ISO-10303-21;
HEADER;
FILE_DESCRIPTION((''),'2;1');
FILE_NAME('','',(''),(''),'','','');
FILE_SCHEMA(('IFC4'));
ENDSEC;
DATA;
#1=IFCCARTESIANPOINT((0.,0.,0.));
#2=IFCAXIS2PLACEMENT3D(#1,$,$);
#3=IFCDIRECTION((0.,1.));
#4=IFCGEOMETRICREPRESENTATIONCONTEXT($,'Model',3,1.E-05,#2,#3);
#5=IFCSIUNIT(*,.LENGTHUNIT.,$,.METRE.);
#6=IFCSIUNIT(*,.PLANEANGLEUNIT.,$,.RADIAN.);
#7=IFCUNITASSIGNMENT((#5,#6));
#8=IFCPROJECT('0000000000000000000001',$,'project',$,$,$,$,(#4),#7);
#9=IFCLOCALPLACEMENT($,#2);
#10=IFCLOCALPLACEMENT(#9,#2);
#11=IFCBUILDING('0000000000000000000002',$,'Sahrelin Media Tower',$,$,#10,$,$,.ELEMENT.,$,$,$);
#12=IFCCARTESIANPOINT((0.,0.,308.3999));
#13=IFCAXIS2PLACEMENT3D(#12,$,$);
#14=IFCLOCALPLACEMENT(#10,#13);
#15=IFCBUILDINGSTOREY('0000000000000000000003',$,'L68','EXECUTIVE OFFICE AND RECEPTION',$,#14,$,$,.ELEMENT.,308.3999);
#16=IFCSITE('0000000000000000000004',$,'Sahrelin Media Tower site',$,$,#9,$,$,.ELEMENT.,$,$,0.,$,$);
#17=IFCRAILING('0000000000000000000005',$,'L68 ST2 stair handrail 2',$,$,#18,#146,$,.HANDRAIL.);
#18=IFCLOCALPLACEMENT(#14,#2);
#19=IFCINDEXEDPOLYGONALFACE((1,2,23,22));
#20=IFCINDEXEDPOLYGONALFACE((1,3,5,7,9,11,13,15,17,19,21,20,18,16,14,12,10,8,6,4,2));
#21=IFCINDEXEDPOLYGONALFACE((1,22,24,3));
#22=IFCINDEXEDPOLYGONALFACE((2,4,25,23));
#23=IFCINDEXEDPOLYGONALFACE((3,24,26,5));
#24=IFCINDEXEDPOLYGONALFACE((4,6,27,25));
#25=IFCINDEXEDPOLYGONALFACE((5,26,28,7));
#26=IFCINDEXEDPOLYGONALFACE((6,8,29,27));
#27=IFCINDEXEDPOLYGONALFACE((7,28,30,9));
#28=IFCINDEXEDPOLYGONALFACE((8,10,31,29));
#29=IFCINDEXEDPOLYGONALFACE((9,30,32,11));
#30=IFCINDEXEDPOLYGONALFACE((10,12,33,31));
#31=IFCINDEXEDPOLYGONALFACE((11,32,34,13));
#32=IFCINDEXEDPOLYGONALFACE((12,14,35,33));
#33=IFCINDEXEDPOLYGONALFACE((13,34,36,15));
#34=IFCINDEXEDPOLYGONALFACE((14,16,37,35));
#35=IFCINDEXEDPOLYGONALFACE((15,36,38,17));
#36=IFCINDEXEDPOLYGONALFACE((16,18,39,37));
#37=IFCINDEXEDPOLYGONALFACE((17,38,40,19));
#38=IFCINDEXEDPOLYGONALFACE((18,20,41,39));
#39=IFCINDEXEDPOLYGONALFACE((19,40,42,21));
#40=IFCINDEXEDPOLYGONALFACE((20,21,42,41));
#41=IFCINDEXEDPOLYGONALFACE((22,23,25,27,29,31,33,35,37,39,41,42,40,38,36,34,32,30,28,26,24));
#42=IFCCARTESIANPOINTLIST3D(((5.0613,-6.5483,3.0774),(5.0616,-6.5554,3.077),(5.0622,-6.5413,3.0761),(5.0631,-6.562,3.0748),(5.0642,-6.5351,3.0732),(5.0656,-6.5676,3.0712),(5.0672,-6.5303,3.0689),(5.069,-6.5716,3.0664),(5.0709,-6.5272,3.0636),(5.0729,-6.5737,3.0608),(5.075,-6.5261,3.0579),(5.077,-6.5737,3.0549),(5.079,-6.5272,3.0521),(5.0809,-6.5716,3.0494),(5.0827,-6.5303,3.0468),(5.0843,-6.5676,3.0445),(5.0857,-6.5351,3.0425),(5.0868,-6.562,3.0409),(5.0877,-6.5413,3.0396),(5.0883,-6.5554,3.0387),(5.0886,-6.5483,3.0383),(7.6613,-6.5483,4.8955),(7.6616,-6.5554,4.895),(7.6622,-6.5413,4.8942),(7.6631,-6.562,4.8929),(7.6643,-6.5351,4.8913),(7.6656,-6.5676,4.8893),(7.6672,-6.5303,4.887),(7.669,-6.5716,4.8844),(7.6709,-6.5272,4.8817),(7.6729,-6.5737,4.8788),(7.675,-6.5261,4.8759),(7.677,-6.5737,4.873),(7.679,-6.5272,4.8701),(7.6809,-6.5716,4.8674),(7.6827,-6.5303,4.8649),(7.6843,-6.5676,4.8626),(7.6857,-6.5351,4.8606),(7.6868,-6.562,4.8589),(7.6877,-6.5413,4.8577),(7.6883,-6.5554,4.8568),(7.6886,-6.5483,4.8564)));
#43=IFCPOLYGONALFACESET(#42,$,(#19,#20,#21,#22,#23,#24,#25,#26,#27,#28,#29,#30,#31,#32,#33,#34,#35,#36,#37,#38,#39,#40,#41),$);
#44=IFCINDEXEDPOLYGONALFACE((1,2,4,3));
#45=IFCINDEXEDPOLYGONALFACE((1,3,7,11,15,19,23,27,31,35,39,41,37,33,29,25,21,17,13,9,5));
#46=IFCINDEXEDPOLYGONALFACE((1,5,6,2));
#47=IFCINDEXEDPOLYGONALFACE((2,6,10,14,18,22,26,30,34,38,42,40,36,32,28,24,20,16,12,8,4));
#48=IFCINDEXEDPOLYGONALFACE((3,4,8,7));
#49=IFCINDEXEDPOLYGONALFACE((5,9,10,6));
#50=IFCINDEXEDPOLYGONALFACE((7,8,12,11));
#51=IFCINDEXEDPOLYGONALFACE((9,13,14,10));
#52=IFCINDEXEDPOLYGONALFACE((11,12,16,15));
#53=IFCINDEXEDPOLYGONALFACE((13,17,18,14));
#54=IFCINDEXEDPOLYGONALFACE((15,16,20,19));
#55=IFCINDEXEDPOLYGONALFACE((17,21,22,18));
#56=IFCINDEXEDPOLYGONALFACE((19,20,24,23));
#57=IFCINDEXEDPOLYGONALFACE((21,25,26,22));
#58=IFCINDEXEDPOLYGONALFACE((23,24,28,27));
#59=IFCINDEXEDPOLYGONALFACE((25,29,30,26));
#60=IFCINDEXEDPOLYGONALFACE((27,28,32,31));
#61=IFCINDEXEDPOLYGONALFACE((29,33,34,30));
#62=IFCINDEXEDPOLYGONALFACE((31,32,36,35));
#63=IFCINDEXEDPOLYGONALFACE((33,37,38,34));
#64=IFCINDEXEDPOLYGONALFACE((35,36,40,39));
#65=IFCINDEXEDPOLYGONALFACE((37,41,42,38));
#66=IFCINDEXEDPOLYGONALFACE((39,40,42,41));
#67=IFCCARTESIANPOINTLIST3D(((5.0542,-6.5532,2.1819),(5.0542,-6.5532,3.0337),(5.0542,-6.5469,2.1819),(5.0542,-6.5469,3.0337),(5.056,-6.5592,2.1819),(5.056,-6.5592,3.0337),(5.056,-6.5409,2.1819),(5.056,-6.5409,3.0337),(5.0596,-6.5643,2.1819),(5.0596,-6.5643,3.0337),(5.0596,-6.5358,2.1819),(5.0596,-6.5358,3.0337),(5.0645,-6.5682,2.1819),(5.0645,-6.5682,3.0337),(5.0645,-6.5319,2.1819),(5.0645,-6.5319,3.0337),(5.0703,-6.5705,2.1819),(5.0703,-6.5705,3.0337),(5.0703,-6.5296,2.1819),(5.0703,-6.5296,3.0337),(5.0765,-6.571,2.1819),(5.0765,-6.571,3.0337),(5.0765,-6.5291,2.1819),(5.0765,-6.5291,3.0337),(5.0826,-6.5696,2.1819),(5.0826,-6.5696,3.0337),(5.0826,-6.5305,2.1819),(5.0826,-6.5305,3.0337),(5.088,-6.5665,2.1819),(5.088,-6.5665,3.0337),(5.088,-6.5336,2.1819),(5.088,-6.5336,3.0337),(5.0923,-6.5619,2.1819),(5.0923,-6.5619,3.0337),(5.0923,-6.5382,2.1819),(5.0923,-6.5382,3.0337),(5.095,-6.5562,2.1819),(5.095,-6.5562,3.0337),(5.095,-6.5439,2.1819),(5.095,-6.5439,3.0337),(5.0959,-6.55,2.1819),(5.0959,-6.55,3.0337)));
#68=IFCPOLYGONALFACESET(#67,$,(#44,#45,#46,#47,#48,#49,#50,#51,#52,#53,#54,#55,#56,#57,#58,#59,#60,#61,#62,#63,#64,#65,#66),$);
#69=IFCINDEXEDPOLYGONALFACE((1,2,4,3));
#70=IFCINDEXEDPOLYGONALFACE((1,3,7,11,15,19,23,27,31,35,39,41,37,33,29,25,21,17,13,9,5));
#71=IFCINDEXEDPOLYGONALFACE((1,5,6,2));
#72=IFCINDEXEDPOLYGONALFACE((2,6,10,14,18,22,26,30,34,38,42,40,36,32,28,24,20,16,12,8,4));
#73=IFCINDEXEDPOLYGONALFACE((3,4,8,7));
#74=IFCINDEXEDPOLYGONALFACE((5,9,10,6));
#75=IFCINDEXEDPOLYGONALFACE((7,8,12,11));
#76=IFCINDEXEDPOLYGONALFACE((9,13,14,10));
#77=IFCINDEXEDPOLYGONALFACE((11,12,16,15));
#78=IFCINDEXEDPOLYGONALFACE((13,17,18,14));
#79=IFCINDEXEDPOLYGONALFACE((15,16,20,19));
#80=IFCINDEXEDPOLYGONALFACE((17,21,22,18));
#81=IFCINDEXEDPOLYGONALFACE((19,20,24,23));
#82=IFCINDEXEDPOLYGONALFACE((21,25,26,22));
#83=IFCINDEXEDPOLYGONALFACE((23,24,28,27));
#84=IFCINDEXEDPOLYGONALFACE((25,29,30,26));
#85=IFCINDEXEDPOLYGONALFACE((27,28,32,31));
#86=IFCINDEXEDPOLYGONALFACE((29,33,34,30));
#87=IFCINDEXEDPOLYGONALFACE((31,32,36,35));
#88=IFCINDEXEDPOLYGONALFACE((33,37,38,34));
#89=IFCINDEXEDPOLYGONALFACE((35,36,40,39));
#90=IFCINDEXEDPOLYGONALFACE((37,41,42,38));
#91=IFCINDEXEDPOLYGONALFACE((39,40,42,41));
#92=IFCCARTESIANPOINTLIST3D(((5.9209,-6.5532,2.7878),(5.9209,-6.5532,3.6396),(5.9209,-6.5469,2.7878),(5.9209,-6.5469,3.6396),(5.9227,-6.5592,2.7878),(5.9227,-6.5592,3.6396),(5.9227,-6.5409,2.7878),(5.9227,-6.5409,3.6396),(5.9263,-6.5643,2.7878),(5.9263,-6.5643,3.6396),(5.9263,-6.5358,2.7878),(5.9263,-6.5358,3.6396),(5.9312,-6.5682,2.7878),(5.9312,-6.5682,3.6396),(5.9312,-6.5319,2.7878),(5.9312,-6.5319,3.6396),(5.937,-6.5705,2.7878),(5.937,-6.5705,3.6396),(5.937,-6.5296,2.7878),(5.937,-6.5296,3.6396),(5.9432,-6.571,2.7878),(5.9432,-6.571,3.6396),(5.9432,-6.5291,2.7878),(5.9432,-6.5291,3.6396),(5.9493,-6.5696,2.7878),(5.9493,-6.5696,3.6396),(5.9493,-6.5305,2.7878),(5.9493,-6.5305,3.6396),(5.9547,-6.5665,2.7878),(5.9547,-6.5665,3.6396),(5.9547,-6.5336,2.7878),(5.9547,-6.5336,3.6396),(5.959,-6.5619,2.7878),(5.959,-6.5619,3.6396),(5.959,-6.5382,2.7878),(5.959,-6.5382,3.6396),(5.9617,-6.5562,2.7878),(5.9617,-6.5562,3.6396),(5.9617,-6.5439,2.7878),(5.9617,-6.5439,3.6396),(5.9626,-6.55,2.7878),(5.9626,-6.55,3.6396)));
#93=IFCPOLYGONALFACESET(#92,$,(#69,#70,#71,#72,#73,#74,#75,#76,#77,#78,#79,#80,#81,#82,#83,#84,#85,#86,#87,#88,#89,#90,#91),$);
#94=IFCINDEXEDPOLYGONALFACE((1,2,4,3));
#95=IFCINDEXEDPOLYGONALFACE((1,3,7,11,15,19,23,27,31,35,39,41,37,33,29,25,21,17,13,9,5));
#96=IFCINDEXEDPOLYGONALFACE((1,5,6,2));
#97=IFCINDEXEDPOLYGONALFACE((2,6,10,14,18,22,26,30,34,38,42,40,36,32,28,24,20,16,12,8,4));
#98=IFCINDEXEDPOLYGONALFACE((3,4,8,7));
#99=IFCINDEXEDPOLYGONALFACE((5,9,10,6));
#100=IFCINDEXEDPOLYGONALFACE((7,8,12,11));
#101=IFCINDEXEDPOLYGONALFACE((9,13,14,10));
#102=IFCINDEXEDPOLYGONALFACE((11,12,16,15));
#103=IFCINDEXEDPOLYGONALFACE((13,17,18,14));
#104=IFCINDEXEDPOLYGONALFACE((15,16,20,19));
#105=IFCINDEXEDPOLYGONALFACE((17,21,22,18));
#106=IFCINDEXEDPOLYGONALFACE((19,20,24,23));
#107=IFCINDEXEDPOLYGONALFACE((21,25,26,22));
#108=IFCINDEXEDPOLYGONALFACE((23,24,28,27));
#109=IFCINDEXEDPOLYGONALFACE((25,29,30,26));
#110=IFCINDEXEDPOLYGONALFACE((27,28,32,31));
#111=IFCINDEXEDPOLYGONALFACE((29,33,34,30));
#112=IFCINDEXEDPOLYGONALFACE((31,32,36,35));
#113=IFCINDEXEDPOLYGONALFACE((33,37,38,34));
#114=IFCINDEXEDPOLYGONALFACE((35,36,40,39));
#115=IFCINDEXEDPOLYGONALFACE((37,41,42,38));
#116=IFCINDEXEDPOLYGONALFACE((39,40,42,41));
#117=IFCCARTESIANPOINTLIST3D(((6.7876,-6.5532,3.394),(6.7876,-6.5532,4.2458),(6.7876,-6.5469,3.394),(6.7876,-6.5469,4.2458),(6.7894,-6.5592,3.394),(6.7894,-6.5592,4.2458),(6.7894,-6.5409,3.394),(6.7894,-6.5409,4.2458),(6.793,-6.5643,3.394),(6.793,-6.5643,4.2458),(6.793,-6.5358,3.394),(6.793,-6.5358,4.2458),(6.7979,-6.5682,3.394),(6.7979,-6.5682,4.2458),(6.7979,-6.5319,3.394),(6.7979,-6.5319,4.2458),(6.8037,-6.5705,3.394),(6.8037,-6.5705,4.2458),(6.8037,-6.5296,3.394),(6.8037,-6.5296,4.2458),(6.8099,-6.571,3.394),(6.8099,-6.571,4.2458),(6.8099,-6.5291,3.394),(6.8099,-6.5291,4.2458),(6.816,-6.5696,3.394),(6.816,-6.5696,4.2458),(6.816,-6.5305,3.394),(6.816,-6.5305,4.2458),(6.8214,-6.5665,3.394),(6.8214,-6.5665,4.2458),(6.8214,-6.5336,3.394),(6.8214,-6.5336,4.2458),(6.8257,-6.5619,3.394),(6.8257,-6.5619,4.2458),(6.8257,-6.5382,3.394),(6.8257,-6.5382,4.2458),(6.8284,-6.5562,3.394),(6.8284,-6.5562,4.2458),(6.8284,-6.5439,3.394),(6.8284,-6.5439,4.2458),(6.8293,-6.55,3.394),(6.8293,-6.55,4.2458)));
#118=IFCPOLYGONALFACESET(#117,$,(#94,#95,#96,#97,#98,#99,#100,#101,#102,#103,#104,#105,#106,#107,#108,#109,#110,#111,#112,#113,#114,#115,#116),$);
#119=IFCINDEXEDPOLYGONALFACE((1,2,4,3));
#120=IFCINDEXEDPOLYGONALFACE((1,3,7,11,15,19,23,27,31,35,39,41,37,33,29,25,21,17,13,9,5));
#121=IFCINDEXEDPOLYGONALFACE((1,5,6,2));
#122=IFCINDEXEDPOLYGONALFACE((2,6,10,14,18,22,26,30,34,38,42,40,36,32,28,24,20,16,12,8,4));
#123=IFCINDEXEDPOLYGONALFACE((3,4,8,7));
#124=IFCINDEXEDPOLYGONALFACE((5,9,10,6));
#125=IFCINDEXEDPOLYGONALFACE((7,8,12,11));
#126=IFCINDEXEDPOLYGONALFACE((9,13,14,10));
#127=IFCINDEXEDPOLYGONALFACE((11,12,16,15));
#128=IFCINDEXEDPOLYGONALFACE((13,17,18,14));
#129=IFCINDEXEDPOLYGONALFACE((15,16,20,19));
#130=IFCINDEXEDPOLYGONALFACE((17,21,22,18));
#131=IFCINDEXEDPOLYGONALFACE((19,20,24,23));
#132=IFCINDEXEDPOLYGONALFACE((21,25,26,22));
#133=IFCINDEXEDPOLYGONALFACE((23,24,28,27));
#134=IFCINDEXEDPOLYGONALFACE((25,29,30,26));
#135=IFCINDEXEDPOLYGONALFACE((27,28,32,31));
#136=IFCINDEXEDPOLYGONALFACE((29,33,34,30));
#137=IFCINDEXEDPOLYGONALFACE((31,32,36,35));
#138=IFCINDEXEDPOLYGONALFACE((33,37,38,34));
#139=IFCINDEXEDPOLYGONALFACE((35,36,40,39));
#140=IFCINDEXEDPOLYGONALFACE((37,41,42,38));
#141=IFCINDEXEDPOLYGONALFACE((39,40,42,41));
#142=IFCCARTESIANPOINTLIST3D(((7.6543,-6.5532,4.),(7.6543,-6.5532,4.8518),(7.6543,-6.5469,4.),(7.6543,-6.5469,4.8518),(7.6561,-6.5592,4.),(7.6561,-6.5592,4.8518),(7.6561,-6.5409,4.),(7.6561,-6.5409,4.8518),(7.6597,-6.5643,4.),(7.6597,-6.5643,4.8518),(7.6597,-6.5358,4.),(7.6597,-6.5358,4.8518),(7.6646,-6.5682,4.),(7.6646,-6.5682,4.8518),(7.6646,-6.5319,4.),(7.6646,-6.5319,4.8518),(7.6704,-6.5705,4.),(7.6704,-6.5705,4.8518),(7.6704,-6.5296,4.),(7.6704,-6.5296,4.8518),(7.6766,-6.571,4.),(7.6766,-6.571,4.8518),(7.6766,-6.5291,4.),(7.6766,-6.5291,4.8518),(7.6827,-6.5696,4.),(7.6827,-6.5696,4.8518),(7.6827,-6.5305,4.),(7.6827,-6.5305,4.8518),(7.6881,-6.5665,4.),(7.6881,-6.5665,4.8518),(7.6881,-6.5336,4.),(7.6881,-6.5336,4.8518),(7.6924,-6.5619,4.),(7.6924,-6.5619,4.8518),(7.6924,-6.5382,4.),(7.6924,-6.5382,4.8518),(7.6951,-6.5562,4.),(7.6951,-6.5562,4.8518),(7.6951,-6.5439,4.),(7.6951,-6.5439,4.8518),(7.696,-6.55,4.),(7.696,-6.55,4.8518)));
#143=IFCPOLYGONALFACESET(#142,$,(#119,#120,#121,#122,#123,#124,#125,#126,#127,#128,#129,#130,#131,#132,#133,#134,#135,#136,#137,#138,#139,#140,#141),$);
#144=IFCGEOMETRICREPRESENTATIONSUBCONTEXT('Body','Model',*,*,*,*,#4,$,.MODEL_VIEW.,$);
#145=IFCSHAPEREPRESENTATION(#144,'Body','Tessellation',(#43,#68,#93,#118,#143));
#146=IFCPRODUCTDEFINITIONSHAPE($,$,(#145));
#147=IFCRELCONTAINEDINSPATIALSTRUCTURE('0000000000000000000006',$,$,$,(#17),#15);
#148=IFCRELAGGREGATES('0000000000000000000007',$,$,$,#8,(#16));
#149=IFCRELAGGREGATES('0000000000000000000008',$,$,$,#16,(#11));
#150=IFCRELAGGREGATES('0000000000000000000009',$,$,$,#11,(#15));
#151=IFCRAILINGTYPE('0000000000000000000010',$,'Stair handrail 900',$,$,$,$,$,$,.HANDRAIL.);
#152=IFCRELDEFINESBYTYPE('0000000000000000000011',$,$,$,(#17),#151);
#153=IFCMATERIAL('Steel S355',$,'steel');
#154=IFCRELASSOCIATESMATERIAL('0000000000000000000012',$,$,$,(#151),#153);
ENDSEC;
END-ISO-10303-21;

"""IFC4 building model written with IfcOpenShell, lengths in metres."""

from ifc_helpers import new_model, si_unit, direction, frame, origin, origin_2d, place, context, subcontext, project, spatial, circle, extrude, material, type_object, element, save


model = new_model("IFC4")

# Units and contexts
model_context = context("Model", 3, precision=1e-05, world=origin(), true_north=direction((0.0, 1.0)))
body_context = subcontext(model_context, "Body", "Model", "MODEL_VIEW")
ifc_project = project(units=[si_unit("LENGTHUNIT", "METRE"), si_unit("PLANEANGLEUNIT", "RADIAN")], contexts=[model_context])

# Site, building, storey
site_placement = place(None, origin())
site = spatial("IfcSite", under=ifc_project, at=site_placement, Name="Sahrelin Media Tower site", CompositionType="ELEMENT", RefElevation=0.0)
building_placement = place(site_placement, origin())
building = spatial("IfcBuilding", under=site, at=building_placement, Name="Sahrelin Media Tower", CompositionType="ELEMENT")
storey_placement = place(building_placement, frame((0.0, 0.0, 308.3999)))
storey = spatial("IfcBuildingStorey", under=building, at=storey_placement, Name="L68", Description="EXECUTIVE OFFICE AND RECEPTION", CompositionType="ELEMENT", Elevation=308.3999)

# Railing
ifc_material_1 = material(Name="Steel S355", Category="steel")
railing_type_1 = type_object("IfcRailingType", Name="Stair handrail 900", PredefinedType="HANDRAIL", material=ifc_material_1)
railing_1_placement = place(storey_placement, frame((5.075, -6.55, 2.1819)))
element("IfcRailing", 1, at=railing_1_placement, inside=storey, type_object=railing_type_1, Name="L68 ST2 stair handrail 2", PredefinedType="HANDRAIL", context=body_context, shape_type="SweptSolid", body=[
    extrude(circle(Radius=0.0239, at=origin_2d()), frame((0.0, 0.0, 0.876), z_axis=(0.819521, 0.0, 0.573049), x_axis=(0.0, 1.0, 0.0)), (0.0, 0.0, 1.0), 3.1726),
    extrude(circle(Radius=0.021, at=origin_2d()), origin(), (0.0, 0.0, 1.0), 0.8518),
    extrude(circle(Radius=0.021, at=origin_2d()), frame((0.8667, 0.0, 0.606)), (0.0, 0.0, 1.0), 0.8518),
    extrude(circle(Radius=0.021, at=origin_2d()), frame((1.7334, 0.0, 1.2122)), (0.0, 0.0, 1.0), 0.8518),
    extrude(circle(Radius=0.021, at=origin_2d()), frame((2.6001, 0.0, 1.8181)), (0.0, 0.0, 1.0), 0.8518),
])

save(model, "model.ifc")
